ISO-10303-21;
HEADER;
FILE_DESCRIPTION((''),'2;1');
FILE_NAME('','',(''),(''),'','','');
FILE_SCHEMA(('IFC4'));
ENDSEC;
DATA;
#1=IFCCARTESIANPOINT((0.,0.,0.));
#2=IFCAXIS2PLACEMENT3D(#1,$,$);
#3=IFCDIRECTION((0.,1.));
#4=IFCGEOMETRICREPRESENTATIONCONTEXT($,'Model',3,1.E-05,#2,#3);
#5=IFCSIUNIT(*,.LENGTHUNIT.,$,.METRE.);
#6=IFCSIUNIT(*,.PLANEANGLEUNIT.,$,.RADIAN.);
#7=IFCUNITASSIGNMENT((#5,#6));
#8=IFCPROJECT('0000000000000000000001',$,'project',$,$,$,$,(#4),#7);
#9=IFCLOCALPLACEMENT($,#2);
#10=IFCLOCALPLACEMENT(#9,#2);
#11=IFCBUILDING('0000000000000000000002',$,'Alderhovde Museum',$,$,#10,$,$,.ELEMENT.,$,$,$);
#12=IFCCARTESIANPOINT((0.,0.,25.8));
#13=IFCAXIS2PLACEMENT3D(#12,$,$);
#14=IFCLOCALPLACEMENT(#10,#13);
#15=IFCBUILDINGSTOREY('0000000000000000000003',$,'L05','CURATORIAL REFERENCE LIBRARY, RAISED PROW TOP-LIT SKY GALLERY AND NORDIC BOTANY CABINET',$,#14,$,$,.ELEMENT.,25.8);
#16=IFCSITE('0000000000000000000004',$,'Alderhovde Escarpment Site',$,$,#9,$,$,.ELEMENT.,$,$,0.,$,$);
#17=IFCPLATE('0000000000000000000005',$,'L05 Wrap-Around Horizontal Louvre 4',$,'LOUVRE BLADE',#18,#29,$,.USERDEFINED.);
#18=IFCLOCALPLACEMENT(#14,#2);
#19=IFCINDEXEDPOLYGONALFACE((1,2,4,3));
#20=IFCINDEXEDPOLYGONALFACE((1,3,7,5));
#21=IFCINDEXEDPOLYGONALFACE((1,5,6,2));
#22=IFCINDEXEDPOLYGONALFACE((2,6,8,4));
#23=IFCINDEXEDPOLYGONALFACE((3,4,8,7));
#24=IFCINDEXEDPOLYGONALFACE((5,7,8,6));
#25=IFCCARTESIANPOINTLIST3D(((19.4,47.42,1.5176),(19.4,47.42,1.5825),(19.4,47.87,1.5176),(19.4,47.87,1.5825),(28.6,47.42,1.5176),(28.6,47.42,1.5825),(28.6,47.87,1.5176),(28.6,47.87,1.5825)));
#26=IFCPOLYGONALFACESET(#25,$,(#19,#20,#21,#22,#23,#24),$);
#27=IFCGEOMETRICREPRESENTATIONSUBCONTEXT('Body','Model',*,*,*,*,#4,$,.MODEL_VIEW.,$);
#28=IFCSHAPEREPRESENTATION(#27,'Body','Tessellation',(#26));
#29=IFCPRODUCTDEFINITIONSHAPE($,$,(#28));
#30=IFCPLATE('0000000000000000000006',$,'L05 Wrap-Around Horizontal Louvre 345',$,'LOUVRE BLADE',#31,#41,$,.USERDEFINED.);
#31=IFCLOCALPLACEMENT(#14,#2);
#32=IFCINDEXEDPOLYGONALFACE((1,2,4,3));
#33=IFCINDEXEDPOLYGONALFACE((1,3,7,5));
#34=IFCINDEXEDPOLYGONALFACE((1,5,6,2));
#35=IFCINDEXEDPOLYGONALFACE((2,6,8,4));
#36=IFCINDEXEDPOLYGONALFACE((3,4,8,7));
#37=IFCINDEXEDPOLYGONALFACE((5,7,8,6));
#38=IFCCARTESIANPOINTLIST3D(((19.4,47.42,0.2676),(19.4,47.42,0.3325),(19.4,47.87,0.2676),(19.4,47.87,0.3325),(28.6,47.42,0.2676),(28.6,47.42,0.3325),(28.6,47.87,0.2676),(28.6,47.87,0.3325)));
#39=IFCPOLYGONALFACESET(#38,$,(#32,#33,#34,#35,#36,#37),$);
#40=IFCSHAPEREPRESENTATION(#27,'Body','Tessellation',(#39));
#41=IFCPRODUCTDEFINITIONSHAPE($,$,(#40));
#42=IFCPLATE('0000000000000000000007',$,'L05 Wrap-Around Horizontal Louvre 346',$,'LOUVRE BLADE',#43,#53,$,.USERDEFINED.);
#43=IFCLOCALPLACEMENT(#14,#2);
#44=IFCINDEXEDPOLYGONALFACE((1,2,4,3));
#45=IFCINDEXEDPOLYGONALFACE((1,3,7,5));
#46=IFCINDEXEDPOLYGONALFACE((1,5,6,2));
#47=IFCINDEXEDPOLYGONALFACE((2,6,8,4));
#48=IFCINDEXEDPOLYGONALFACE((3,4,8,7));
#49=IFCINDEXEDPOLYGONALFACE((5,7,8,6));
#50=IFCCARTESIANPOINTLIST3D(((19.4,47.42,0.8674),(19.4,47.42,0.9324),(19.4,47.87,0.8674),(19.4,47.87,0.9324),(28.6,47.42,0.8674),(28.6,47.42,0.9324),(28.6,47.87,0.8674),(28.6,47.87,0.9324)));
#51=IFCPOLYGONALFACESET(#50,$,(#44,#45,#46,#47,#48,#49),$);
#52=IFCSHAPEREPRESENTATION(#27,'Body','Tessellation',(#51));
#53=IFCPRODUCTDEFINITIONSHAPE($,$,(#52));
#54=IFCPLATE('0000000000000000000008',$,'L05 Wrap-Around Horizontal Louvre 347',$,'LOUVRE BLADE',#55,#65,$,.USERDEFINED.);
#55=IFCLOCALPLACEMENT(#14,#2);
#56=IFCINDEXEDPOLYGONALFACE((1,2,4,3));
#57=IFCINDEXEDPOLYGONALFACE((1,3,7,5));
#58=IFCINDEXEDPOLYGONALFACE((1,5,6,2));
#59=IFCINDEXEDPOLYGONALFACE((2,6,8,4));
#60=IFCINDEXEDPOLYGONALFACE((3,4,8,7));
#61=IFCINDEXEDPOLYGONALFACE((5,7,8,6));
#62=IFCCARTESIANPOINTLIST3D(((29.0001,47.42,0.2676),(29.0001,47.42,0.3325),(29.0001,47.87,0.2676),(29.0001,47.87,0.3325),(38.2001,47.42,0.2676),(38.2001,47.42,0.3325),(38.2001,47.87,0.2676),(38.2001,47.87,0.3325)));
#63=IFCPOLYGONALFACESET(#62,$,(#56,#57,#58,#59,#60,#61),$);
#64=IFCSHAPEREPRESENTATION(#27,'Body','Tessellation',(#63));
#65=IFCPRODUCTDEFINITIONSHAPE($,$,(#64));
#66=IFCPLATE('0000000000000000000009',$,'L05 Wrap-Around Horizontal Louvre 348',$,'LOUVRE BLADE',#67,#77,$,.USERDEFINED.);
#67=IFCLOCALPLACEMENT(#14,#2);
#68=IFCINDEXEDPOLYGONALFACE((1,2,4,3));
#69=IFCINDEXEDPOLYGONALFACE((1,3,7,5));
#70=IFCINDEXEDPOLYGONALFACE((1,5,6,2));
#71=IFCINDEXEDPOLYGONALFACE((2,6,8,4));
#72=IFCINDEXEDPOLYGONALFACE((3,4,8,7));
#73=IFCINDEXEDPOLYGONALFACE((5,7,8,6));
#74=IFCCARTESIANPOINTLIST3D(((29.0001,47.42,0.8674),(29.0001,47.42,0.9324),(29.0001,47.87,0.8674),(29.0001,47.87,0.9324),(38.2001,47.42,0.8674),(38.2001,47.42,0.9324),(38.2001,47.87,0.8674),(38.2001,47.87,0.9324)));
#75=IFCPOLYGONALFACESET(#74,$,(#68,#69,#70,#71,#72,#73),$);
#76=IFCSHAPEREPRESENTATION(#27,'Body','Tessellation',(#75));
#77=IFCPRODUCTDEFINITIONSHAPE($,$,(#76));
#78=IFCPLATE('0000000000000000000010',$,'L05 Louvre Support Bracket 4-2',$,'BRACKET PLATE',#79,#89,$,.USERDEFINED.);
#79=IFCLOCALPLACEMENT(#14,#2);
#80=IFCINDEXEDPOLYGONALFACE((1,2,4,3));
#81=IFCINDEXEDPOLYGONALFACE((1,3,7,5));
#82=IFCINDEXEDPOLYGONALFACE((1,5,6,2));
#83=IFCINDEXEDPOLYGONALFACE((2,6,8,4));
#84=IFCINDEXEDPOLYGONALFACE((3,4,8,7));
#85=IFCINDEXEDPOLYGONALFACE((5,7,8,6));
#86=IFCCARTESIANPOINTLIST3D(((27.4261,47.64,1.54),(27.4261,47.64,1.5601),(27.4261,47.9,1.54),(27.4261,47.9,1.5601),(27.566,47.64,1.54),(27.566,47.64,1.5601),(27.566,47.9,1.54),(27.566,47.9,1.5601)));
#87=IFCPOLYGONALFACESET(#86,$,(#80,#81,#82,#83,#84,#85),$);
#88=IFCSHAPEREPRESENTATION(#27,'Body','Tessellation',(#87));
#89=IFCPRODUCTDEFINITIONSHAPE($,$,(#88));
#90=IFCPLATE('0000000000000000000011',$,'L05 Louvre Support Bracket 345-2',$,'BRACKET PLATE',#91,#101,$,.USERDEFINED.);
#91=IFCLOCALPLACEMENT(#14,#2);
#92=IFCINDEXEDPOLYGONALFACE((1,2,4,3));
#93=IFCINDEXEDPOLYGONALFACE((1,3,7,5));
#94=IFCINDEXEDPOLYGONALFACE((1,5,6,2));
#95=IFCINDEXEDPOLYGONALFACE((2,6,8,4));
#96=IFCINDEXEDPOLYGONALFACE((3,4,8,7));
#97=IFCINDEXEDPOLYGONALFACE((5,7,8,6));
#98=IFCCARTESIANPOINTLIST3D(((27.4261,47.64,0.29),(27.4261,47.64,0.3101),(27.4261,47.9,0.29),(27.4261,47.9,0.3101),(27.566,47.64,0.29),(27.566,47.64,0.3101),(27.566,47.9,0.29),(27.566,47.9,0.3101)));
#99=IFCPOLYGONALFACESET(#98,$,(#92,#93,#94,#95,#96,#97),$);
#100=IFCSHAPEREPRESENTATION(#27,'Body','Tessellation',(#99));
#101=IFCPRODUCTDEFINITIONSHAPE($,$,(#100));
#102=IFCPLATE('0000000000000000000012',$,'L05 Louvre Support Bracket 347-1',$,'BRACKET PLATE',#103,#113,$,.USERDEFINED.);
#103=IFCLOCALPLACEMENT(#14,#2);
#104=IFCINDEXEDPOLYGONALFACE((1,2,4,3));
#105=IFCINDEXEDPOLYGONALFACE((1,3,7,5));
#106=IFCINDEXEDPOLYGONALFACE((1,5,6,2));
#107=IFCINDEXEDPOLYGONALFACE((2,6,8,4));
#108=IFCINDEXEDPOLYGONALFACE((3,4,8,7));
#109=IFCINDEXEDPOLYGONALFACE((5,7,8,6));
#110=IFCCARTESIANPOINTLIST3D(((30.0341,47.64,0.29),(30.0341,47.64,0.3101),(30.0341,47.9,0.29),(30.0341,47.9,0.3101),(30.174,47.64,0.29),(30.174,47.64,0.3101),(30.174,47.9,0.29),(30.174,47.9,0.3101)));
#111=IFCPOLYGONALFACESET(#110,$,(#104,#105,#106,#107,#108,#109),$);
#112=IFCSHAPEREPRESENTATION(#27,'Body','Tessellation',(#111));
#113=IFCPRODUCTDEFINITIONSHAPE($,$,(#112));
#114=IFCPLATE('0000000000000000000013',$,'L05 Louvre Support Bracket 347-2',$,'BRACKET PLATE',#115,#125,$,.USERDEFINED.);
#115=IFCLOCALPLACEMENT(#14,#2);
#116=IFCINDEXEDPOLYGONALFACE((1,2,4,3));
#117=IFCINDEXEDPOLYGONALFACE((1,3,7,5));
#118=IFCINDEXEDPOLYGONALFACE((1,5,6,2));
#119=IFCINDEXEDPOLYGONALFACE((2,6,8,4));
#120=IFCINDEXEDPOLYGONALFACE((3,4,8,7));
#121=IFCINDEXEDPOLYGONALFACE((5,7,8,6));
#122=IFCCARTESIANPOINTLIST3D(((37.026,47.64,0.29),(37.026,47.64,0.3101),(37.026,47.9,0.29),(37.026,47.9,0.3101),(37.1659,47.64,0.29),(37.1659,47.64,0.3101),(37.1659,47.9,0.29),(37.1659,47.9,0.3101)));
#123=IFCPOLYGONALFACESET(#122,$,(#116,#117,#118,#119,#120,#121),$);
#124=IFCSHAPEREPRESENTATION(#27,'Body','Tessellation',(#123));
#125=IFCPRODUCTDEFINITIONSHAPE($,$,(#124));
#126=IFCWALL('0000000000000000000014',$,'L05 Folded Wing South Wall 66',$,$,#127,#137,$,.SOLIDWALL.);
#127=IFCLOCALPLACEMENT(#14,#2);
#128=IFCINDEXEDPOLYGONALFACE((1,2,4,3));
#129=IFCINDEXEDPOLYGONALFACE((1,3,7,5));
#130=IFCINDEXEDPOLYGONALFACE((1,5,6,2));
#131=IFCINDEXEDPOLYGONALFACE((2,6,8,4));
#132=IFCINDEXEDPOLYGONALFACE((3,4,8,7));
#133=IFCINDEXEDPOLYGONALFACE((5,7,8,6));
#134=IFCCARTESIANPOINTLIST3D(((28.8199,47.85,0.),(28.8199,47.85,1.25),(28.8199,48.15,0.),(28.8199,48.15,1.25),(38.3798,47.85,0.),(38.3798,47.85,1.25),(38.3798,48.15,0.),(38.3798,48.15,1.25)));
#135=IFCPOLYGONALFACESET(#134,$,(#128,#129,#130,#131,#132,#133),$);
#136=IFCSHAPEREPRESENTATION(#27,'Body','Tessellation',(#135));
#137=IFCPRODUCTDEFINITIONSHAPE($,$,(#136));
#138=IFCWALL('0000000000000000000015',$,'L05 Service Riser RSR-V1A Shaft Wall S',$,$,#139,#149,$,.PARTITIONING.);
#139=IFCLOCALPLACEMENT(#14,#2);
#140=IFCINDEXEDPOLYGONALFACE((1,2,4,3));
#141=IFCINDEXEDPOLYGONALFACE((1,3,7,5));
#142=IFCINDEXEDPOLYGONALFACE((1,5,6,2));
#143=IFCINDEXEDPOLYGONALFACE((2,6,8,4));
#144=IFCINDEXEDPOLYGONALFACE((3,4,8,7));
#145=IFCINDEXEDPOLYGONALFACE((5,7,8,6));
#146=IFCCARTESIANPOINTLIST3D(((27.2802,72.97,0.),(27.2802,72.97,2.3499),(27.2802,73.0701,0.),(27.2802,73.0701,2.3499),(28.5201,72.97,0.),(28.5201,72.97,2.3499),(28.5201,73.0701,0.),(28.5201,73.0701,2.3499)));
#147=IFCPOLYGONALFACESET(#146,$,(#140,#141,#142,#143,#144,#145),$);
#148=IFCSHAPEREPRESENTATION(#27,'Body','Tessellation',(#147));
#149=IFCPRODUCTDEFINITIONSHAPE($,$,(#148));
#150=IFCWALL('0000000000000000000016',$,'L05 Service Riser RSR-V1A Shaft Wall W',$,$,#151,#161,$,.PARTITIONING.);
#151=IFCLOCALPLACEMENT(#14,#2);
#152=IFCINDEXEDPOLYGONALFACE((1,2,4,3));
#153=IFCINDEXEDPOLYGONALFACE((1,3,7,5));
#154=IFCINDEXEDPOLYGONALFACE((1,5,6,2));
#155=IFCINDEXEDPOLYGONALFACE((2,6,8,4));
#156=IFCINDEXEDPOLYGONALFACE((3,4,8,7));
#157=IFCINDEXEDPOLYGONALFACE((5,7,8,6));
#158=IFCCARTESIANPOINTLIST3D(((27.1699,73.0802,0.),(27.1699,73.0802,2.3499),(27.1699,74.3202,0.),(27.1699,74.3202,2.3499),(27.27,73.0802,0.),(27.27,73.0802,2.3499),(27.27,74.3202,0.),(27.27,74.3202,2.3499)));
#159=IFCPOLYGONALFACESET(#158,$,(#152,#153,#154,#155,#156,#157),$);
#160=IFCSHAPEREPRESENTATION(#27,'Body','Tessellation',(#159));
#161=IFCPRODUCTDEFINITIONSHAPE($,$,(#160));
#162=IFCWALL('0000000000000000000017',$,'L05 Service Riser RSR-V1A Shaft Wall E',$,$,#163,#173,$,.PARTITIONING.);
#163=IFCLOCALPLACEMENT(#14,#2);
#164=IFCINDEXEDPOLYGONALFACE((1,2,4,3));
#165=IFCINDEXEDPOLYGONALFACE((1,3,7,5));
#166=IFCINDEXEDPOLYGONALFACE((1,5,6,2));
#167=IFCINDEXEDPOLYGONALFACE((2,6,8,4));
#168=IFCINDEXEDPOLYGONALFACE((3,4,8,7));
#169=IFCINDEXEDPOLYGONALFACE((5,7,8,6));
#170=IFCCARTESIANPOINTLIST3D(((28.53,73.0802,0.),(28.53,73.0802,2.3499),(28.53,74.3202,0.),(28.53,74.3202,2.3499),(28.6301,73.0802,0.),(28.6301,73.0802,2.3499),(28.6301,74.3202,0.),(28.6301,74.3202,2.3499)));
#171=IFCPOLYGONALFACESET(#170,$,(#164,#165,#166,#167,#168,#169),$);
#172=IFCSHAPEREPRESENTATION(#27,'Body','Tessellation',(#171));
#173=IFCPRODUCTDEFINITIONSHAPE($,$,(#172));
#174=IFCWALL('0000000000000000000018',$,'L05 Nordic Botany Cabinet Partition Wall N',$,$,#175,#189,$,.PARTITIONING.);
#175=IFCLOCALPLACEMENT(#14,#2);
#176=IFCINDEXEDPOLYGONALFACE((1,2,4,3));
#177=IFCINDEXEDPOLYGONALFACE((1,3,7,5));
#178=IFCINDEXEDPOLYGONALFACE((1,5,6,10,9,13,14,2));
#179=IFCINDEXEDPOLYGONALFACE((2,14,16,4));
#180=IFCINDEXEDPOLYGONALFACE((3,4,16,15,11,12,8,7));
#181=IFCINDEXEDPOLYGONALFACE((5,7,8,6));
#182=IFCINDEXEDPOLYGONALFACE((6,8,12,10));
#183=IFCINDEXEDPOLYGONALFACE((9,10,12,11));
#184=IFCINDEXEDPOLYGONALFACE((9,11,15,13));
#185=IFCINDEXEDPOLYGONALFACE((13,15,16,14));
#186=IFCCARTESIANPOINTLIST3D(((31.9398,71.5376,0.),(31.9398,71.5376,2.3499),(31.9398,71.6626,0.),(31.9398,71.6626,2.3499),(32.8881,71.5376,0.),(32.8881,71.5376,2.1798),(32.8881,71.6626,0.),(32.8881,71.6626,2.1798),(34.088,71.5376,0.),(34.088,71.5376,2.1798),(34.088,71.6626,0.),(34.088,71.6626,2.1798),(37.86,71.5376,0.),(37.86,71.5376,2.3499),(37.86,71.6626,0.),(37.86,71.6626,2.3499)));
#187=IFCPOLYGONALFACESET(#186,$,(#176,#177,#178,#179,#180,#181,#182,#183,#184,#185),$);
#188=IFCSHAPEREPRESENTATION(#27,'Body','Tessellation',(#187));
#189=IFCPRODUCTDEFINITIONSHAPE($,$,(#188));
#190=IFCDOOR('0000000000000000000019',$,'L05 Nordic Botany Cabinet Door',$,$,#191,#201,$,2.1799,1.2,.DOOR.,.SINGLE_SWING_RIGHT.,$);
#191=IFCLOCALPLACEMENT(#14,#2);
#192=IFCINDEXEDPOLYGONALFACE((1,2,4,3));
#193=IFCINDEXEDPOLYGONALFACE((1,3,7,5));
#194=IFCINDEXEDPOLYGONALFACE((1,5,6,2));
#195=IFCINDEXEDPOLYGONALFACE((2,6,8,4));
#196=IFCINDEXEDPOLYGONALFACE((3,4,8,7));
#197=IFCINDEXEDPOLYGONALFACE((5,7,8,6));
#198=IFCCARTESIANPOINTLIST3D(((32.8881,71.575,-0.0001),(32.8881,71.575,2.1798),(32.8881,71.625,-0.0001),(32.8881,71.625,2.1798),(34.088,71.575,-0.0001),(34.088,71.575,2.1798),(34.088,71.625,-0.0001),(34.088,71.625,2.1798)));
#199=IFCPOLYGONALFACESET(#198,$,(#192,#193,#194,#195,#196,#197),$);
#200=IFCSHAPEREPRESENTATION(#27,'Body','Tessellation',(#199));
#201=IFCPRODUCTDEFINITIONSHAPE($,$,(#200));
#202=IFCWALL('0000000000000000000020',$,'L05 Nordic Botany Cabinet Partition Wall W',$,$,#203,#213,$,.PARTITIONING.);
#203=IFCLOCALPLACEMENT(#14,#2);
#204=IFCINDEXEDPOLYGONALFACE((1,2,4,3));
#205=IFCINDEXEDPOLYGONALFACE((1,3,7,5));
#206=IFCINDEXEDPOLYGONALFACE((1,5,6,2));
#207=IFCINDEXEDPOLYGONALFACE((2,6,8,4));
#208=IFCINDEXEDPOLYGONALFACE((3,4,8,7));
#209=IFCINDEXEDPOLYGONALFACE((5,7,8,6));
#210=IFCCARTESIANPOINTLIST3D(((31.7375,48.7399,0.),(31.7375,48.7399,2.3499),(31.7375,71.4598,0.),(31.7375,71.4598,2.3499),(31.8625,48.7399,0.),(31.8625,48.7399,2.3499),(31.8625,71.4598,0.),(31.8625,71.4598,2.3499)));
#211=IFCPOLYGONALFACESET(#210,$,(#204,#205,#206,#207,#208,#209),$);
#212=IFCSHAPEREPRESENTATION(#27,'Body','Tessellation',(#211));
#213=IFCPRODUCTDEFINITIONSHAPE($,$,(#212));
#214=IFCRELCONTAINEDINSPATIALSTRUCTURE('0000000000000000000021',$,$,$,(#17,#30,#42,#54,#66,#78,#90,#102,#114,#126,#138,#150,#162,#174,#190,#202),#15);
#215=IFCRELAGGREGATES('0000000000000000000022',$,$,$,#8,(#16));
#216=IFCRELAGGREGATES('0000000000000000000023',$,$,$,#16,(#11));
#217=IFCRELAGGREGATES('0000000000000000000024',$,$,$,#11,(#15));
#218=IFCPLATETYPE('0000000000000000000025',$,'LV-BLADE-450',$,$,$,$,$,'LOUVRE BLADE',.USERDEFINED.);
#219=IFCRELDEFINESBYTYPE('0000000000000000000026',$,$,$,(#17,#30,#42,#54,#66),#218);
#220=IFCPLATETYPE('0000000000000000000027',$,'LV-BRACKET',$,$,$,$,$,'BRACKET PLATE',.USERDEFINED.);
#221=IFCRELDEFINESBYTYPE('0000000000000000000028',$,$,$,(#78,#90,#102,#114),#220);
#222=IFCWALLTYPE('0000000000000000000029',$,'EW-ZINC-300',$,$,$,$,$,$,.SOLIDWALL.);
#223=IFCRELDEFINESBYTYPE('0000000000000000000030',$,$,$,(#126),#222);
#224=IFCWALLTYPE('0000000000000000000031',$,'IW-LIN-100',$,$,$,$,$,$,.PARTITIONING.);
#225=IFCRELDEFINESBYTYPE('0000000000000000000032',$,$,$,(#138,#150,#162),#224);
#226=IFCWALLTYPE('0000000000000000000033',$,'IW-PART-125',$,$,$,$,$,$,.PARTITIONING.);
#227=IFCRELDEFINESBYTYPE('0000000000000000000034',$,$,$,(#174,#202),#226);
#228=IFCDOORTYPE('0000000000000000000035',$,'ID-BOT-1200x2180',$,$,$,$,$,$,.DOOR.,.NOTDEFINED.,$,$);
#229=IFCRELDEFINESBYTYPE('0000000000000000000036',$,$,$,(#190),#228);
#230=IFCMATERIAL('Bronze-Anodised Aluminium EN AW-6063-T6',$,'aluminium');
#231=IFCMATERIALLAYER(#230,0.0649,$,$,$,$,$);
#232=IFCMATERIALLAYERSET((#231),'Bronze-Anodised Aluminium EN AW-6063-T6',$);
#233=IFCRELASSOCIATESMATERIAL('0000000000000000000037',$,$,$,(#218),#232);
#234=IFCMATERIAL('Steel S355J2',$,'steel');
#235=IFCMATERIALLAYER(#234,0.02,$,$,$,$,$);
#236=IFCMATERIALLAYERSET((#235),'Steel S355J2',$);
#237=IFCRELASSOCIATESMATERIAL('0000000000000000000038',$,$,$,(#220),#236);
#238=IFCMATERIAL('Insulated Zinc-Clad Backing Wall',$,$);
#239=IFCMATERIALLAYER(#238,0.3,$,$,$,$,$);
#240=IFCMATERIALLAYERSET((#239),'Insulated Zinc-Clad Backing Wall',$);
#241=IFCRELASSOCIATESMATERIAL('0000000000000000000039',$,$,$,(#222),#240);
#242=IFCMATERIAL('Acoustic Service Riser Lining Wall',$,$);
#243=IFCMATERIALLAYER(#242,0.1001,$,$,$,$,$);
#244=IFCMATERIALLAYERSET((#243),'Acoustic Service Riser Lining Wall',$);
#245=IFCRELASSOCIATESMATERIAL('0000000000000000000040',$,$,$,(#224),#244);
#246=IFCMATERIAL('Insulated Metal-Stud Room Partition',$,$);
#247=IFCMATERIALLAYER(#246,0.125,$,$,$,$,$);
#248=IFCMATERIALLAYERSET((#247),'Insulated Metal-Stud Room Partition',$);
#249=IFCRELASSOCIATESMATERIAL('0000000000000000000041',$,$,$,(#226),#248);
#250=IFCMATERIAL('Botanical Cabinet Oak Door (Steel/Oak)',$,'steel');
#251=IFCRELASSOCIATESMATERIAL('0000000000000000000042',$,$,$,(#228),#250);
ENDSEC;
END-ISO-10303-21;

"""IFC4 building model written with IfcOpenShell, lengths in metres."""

from ifc_helpers import new_model, si_unit, direction, frame, frame_2d, origin, origin_2d, place, context, subcontext, project, spatial, rectangle, extrude, material, layer, layer_set, type_object, element, fill, save


model = new_model("IFC4")

# Units and contexts
model_context = context("Model", 3, precision=1e-05, world=origin(), true_north=direction((0.0, 1.0)))
body_context = subcontext(model_context, "Body", "Model", "MODEL_VIEW")
ifc_project = project(units=[si_unit("LENGTHUNIT", "METRE"), si_unit("PLANEANGLEUNIT", "RADIAN")], contexts=[model_context])

# Site, building, storey
site_placement = place(None, origin())
site = spatial("IfcSite", under=ifc_project, at=site_placement, Name="Alderhovde Escarpment Site", CompositionType="ELEMENT", RefElevation=0.0)
building_placement = place(site_placement, origin())
building = spatial("IfcBuilding", under=site, at=building_placement, Name="Alderhovde Museum", CompositionType="ELEMENT")
storey_placement = place(building_placement, frame((0.0, 0.0, 25.8)))
storey = spatial("IfcBuildingStorey", under=building, at=storey_placement, Name="L05", Description="CURATORIAL REFERENCE LIBRARY, RAISED PROW TOP-LIT SKY GALLERY AND NORDIC BOTANY CABINET", CompositionType="ELEMENT", Elevation=25.8)

# Plates
ifc_material_1 = material(Name="Bronze-Anodised Aluminium EN AW-6063-T6", Category="aluminium")
ifc_layer_1 = layer(ifc_material_1, 0.0649)
ifc_layer_set_1 = layer_set([ifc_layer_1], Name="Bronze-Anodised Aluminium EN AW-6063-T6")
plate_type_1 = type_object("IfcPlateType", Name="LV-BLADE-450", ElementType="LOUVRE BLADE", PredefinedType="USERDEFINED", material=ifc_layer_set_1)
for number, where, z_axis, x_axis, name in (
    (1, (24.0, 47.645, 1.5176), (0.0, 0.0, 1.0), (1.0, 0.0, 0.0), "L05 Wrap-Around Horizontal Louvre 4"),
    (2, (24.0, 47.645, 0.2676), (0.0, 0.0, 1.0), (1.0, 0.0, 0.0), "L05 Wrap-Around Horizontal Louvre 345"),
    (3, (24.0, 47.645, 0.8674), (0.0, 0.0, 1.0), (1.0, 0.0, 0.0), "L05 Wrap-Around Horizontal Louvre 346"),
    (4, (33.6001, 47.645, 0.2676), (0.0, 0.0, 1.0), (1.0, 0.0, 0.0), "L05 Wrap-Around Horizontal Louvre 347"),
    (5, (33.6001, 47.645, 0.8674), (0.0, 0.0, 1.0), (1.0, 0.0, 0.0), "L05 Wrap-Around Horizontal Louvre 348"),
):
    element("IfcPlate", number, at=place(storey_placement, frame(where, z_axis=z_axis, x_axis=x_axis)), inside=storey, type_object=plate_type_1, Name=name, ObjectType="LOUVRE BLADE", PredefinedType="USERDEFINED", context=body_context, shape_type="SweptSolid", body=[
        extrude(rectangle(XDim=9.2, YDim=0.45, at=origin_2d()), origin(), (0.0, 0.0, 1.0), 0.0649),
    ])
ifc_material_2 = material(Name="Steel S355J2", Category="steel")
ifc_layer_2 = layer(ifc_material_2, 0.02)
ifc_layer_set_2 = layer_set([ifc_layer_2], Name="Steel S355J2")
plate_type_2 = type_object("IfcPlateType", Name="LV-BRACKET", ElementType="BRACKET PLATE", PredefinedType="USERDEFINED", material=ifc_layer_set_2)
for number, where, z_axis, x_axis, name in (
    (6, (27.4961, 47.77, 1.54), (0.0, 0.0, 1.0), (1.0, 0.0, 0.0), "L05 Louvre Support Bracket 4-2"),
    (7, (27.4961, 47.77, 0.29), (0.0, 0.0, 1.0), (1.0, 0.0, 0.0), "L05 Louvre Support Bracket 345-2"),
    (8, (30.104, 47.77, 0.29), (0.0, 0.0, 1.0), (1.0, 0.0, 0.0), "L05 Louvre Support Bracket 347-1"),
    (9, (37.0959, 47.77, 0.29), (0.0, 0.0, 1.0), (1.0, 0.0, 0.0), "L05 Louvre Support Bracket 347-2"),
):
    element("IfcPlate", number, at=place(storey_placement, frame(where, z_axis=z_axis, x_axis=x_axis)), inside=storey, type_object=plate_type_2, Name=name, ObjectType="BRACKET PLATE", PredefinedType="USERDEFINED", context=body_context, shape_type="SweptSolid", body=[
        extrude(rectangle(XDim=0.1399, YDim=0.26, at=origin_2d()), origin(), (0.0, 0.0, 1.0), 0.02),
    ])

# Walls
ifc_material_3 = material(Name="Insulated Zinc-Clad Backing Wall")
ifc_layer_3 = layer(ifc_material_3, 0.3)
ifc_layer_set_3 = layer_set([ifc_layer_3], Name="Insulated Zinc-Clad Backing Wall")
wall_type_1 = type_object("IfcWallType", Name="EW-ZINC-300", PredefinedType="SOLIDWALL", material=ifc_layer_set_3)
wall_1_placement = place(storey_placement, frame((28.8201, 48.0, 0.0), z_axis=(0.0, 0.0, 1.0), x_axis=(1.0, 0.0, 0.0)))
element("IfcWall", 10, at=wall_1_placement, inside=storey, type_object=wall_type_1, Name="L05 Folded Wing South Wall 66", PredefinedType="SOLIDWALL", context=body_context, shape_type="SweptSolid", body=[
    extrude(rectangle(XDim=9.5598, YDim=0.3, at=frame_2d((4.7798, 0.0))), origin(), (0.0, 0.0, 1.0), 1.25),
])
ifc_material_4 = material(Name="Acoustic Service Riser Lining Wall")
ifc_layer_4 = layer(ifc_material_4, 0.1001)
ifc_layer_set_4 = layer_set([ifc_layer_4], Name="Acoustic Service Riser Lining Wall")
wall_type_2 = type_object("IfcWallType", Name="IW-LIN-100", PredefinedType="PARTITIONING", material=ifc_layer_set_4)
for number, where, z_axis, x_axis, name in (
    (11, (27.28, 73.02, 0.0), (0.0, 0.0, 1.0), (1.0, 0.0, 0.0), "L05 Service Riser RSR-V1A Shaft Wall S"),
    (12, (27.22, 73.0801, 0.0), (0.0, 0.0, 1.0), (0.0, 1.0, 0.0), "L05 Service Riser RSR-V1A Shaft Wall W"),
    (13, (28.5801, 73.0801, 0.0), (0.0, 0.0, 1.0), (0.0, 1.0, 0.0), "L05 Service Riser RSR-V1A Shaft Wall E"),
):
    element("IfcWall", number, at=place(storey_placement, frame(where, z_axis=z_axis, x_axis=x_axis)), inside=storey, type_object=wall_type_2, Name=name, PredefinedType="PARTITIONING", context=body_context, shape_type="SweptSolid", body=[
        extrude(rectangle(XDim=1.24, YDim=0.1001, at=frame_2d((0.6201, 0.0))), origin(), (0.0, 0.0, 1.0), 2.3499),
    ])

# Wall, opening, door
ifc_material_5 = material(Name="Insulated Metal-Stud Room Partition")
ifc_layer_5 = layer(ifc_material_5, 0.125)
ifc_layer_set_5 = layer_set([ifc_layer_5], Name="Insulated Metal-Stud Room Partition")
wall_type_3 = type_object("IfcWallType", Name="IW-PART-125", PredefinedType="PARTITIONING", material=ifc_layer_set_5)
wall_2_placement = place(storey_placement, frame((31.9399, 71.6001, 0.0), z_axis=(0.0, 0.0, 1.0), x_axis=(1.0, 0.0, 0.0)))
wall_2 = element("IfcWall", 14, at=wall_2_placement, inside=storey, type_object=wall_type_3, Name="L05 Nordic Botany Cabinet Partition Wall N", PredefinedType="PARTITIONING", context=body_context, shape_type="SweptSolid", body=[
    extrude(rectangle(XDim=5.9202, YDim=0.125, at=frame_2d((2.96, 0.0))), origin(), (0.0, 0.0, 1.0), 2.3499),
])
opening_1_placement = place(wall_2_placement, frame((0.948, 0.0, 0.0)))
opening_1 = element("IfcOpeningElement", 15, at=opening_1_placement, cuts=wall_2, PredefinedType="OPENING", context=body_context, shape_type="SweptSolid", body=[
    extrude(rectangle(XDim=1.2, YDim=2.1799, at=frame_2d((0.6001, 1.0898))), frame((0.0, 0.0725, 0.0), z_axis=(0.0, -1.0, 0.0), x_axis=(1.0, 0.0, 0.0)), (0.0, 0.0, 1.0), 0.145),
])
ifc_material_6 = material(Name="Botanical Cabinet Oak Door (Steel/Oak)", Category="steel")
door_type_1 = type_object("IfcDoorType", Name="ID-BOT-1200x2180", OperationType="NOTDEFINED", PredefinedType="DOOR", material=ifc_material_6)
door_1_placement = place(opening_1_placement, origin())
door_1 = element("IfcDoor", 16, at=door_1_placement, inside=storey, type_object=door_type_1, Name="L05 Nordic Botany Cabinet Door", OperationType="SINGLE_SWING_RIGHT", OverallHeight=2.1799, OverallWidth=1.2, PredefinedType="DOOR", context=body_context, shape_type="SweptSolid", body=[
    extrude(rectangle(XDim=1.2, YDim=2.1799, at=frame_2d((0.6001, 1.0898))), frame((0.0, 0.0249, 0.0), z_axis=(0.0, -1.0, 0.0), x_axis=(1.0, 0.0, 0.0)), (0.0, 0.0, 1.0), 0.05),
])
fill(opening_1, door_1)

# Wall
wall_3_placement = place(storey_placement, frame((31.8, 48.74, 0.0), z_axis=(0.0, 0.0, 1.0), x_axis=(0.0, 1.0, 0.0)))
element("IfcWall", 17, at=wall_3_placement, inside=storey, type_object=wall_type_3, Name="L05 Nordic Botany Cabinet Partition Wall W", PredefinedType="PARTITIONING", context=body_context, shape_type="SweptSolid", body=[
    extrude(rectangle(XDim=22.72, YDim=0.125, at=frame_2d((11.3599, 0.0))), origin(), (0.0, 0.0, 1.0), 2.3499),
])

save(model, "model.ifc")
